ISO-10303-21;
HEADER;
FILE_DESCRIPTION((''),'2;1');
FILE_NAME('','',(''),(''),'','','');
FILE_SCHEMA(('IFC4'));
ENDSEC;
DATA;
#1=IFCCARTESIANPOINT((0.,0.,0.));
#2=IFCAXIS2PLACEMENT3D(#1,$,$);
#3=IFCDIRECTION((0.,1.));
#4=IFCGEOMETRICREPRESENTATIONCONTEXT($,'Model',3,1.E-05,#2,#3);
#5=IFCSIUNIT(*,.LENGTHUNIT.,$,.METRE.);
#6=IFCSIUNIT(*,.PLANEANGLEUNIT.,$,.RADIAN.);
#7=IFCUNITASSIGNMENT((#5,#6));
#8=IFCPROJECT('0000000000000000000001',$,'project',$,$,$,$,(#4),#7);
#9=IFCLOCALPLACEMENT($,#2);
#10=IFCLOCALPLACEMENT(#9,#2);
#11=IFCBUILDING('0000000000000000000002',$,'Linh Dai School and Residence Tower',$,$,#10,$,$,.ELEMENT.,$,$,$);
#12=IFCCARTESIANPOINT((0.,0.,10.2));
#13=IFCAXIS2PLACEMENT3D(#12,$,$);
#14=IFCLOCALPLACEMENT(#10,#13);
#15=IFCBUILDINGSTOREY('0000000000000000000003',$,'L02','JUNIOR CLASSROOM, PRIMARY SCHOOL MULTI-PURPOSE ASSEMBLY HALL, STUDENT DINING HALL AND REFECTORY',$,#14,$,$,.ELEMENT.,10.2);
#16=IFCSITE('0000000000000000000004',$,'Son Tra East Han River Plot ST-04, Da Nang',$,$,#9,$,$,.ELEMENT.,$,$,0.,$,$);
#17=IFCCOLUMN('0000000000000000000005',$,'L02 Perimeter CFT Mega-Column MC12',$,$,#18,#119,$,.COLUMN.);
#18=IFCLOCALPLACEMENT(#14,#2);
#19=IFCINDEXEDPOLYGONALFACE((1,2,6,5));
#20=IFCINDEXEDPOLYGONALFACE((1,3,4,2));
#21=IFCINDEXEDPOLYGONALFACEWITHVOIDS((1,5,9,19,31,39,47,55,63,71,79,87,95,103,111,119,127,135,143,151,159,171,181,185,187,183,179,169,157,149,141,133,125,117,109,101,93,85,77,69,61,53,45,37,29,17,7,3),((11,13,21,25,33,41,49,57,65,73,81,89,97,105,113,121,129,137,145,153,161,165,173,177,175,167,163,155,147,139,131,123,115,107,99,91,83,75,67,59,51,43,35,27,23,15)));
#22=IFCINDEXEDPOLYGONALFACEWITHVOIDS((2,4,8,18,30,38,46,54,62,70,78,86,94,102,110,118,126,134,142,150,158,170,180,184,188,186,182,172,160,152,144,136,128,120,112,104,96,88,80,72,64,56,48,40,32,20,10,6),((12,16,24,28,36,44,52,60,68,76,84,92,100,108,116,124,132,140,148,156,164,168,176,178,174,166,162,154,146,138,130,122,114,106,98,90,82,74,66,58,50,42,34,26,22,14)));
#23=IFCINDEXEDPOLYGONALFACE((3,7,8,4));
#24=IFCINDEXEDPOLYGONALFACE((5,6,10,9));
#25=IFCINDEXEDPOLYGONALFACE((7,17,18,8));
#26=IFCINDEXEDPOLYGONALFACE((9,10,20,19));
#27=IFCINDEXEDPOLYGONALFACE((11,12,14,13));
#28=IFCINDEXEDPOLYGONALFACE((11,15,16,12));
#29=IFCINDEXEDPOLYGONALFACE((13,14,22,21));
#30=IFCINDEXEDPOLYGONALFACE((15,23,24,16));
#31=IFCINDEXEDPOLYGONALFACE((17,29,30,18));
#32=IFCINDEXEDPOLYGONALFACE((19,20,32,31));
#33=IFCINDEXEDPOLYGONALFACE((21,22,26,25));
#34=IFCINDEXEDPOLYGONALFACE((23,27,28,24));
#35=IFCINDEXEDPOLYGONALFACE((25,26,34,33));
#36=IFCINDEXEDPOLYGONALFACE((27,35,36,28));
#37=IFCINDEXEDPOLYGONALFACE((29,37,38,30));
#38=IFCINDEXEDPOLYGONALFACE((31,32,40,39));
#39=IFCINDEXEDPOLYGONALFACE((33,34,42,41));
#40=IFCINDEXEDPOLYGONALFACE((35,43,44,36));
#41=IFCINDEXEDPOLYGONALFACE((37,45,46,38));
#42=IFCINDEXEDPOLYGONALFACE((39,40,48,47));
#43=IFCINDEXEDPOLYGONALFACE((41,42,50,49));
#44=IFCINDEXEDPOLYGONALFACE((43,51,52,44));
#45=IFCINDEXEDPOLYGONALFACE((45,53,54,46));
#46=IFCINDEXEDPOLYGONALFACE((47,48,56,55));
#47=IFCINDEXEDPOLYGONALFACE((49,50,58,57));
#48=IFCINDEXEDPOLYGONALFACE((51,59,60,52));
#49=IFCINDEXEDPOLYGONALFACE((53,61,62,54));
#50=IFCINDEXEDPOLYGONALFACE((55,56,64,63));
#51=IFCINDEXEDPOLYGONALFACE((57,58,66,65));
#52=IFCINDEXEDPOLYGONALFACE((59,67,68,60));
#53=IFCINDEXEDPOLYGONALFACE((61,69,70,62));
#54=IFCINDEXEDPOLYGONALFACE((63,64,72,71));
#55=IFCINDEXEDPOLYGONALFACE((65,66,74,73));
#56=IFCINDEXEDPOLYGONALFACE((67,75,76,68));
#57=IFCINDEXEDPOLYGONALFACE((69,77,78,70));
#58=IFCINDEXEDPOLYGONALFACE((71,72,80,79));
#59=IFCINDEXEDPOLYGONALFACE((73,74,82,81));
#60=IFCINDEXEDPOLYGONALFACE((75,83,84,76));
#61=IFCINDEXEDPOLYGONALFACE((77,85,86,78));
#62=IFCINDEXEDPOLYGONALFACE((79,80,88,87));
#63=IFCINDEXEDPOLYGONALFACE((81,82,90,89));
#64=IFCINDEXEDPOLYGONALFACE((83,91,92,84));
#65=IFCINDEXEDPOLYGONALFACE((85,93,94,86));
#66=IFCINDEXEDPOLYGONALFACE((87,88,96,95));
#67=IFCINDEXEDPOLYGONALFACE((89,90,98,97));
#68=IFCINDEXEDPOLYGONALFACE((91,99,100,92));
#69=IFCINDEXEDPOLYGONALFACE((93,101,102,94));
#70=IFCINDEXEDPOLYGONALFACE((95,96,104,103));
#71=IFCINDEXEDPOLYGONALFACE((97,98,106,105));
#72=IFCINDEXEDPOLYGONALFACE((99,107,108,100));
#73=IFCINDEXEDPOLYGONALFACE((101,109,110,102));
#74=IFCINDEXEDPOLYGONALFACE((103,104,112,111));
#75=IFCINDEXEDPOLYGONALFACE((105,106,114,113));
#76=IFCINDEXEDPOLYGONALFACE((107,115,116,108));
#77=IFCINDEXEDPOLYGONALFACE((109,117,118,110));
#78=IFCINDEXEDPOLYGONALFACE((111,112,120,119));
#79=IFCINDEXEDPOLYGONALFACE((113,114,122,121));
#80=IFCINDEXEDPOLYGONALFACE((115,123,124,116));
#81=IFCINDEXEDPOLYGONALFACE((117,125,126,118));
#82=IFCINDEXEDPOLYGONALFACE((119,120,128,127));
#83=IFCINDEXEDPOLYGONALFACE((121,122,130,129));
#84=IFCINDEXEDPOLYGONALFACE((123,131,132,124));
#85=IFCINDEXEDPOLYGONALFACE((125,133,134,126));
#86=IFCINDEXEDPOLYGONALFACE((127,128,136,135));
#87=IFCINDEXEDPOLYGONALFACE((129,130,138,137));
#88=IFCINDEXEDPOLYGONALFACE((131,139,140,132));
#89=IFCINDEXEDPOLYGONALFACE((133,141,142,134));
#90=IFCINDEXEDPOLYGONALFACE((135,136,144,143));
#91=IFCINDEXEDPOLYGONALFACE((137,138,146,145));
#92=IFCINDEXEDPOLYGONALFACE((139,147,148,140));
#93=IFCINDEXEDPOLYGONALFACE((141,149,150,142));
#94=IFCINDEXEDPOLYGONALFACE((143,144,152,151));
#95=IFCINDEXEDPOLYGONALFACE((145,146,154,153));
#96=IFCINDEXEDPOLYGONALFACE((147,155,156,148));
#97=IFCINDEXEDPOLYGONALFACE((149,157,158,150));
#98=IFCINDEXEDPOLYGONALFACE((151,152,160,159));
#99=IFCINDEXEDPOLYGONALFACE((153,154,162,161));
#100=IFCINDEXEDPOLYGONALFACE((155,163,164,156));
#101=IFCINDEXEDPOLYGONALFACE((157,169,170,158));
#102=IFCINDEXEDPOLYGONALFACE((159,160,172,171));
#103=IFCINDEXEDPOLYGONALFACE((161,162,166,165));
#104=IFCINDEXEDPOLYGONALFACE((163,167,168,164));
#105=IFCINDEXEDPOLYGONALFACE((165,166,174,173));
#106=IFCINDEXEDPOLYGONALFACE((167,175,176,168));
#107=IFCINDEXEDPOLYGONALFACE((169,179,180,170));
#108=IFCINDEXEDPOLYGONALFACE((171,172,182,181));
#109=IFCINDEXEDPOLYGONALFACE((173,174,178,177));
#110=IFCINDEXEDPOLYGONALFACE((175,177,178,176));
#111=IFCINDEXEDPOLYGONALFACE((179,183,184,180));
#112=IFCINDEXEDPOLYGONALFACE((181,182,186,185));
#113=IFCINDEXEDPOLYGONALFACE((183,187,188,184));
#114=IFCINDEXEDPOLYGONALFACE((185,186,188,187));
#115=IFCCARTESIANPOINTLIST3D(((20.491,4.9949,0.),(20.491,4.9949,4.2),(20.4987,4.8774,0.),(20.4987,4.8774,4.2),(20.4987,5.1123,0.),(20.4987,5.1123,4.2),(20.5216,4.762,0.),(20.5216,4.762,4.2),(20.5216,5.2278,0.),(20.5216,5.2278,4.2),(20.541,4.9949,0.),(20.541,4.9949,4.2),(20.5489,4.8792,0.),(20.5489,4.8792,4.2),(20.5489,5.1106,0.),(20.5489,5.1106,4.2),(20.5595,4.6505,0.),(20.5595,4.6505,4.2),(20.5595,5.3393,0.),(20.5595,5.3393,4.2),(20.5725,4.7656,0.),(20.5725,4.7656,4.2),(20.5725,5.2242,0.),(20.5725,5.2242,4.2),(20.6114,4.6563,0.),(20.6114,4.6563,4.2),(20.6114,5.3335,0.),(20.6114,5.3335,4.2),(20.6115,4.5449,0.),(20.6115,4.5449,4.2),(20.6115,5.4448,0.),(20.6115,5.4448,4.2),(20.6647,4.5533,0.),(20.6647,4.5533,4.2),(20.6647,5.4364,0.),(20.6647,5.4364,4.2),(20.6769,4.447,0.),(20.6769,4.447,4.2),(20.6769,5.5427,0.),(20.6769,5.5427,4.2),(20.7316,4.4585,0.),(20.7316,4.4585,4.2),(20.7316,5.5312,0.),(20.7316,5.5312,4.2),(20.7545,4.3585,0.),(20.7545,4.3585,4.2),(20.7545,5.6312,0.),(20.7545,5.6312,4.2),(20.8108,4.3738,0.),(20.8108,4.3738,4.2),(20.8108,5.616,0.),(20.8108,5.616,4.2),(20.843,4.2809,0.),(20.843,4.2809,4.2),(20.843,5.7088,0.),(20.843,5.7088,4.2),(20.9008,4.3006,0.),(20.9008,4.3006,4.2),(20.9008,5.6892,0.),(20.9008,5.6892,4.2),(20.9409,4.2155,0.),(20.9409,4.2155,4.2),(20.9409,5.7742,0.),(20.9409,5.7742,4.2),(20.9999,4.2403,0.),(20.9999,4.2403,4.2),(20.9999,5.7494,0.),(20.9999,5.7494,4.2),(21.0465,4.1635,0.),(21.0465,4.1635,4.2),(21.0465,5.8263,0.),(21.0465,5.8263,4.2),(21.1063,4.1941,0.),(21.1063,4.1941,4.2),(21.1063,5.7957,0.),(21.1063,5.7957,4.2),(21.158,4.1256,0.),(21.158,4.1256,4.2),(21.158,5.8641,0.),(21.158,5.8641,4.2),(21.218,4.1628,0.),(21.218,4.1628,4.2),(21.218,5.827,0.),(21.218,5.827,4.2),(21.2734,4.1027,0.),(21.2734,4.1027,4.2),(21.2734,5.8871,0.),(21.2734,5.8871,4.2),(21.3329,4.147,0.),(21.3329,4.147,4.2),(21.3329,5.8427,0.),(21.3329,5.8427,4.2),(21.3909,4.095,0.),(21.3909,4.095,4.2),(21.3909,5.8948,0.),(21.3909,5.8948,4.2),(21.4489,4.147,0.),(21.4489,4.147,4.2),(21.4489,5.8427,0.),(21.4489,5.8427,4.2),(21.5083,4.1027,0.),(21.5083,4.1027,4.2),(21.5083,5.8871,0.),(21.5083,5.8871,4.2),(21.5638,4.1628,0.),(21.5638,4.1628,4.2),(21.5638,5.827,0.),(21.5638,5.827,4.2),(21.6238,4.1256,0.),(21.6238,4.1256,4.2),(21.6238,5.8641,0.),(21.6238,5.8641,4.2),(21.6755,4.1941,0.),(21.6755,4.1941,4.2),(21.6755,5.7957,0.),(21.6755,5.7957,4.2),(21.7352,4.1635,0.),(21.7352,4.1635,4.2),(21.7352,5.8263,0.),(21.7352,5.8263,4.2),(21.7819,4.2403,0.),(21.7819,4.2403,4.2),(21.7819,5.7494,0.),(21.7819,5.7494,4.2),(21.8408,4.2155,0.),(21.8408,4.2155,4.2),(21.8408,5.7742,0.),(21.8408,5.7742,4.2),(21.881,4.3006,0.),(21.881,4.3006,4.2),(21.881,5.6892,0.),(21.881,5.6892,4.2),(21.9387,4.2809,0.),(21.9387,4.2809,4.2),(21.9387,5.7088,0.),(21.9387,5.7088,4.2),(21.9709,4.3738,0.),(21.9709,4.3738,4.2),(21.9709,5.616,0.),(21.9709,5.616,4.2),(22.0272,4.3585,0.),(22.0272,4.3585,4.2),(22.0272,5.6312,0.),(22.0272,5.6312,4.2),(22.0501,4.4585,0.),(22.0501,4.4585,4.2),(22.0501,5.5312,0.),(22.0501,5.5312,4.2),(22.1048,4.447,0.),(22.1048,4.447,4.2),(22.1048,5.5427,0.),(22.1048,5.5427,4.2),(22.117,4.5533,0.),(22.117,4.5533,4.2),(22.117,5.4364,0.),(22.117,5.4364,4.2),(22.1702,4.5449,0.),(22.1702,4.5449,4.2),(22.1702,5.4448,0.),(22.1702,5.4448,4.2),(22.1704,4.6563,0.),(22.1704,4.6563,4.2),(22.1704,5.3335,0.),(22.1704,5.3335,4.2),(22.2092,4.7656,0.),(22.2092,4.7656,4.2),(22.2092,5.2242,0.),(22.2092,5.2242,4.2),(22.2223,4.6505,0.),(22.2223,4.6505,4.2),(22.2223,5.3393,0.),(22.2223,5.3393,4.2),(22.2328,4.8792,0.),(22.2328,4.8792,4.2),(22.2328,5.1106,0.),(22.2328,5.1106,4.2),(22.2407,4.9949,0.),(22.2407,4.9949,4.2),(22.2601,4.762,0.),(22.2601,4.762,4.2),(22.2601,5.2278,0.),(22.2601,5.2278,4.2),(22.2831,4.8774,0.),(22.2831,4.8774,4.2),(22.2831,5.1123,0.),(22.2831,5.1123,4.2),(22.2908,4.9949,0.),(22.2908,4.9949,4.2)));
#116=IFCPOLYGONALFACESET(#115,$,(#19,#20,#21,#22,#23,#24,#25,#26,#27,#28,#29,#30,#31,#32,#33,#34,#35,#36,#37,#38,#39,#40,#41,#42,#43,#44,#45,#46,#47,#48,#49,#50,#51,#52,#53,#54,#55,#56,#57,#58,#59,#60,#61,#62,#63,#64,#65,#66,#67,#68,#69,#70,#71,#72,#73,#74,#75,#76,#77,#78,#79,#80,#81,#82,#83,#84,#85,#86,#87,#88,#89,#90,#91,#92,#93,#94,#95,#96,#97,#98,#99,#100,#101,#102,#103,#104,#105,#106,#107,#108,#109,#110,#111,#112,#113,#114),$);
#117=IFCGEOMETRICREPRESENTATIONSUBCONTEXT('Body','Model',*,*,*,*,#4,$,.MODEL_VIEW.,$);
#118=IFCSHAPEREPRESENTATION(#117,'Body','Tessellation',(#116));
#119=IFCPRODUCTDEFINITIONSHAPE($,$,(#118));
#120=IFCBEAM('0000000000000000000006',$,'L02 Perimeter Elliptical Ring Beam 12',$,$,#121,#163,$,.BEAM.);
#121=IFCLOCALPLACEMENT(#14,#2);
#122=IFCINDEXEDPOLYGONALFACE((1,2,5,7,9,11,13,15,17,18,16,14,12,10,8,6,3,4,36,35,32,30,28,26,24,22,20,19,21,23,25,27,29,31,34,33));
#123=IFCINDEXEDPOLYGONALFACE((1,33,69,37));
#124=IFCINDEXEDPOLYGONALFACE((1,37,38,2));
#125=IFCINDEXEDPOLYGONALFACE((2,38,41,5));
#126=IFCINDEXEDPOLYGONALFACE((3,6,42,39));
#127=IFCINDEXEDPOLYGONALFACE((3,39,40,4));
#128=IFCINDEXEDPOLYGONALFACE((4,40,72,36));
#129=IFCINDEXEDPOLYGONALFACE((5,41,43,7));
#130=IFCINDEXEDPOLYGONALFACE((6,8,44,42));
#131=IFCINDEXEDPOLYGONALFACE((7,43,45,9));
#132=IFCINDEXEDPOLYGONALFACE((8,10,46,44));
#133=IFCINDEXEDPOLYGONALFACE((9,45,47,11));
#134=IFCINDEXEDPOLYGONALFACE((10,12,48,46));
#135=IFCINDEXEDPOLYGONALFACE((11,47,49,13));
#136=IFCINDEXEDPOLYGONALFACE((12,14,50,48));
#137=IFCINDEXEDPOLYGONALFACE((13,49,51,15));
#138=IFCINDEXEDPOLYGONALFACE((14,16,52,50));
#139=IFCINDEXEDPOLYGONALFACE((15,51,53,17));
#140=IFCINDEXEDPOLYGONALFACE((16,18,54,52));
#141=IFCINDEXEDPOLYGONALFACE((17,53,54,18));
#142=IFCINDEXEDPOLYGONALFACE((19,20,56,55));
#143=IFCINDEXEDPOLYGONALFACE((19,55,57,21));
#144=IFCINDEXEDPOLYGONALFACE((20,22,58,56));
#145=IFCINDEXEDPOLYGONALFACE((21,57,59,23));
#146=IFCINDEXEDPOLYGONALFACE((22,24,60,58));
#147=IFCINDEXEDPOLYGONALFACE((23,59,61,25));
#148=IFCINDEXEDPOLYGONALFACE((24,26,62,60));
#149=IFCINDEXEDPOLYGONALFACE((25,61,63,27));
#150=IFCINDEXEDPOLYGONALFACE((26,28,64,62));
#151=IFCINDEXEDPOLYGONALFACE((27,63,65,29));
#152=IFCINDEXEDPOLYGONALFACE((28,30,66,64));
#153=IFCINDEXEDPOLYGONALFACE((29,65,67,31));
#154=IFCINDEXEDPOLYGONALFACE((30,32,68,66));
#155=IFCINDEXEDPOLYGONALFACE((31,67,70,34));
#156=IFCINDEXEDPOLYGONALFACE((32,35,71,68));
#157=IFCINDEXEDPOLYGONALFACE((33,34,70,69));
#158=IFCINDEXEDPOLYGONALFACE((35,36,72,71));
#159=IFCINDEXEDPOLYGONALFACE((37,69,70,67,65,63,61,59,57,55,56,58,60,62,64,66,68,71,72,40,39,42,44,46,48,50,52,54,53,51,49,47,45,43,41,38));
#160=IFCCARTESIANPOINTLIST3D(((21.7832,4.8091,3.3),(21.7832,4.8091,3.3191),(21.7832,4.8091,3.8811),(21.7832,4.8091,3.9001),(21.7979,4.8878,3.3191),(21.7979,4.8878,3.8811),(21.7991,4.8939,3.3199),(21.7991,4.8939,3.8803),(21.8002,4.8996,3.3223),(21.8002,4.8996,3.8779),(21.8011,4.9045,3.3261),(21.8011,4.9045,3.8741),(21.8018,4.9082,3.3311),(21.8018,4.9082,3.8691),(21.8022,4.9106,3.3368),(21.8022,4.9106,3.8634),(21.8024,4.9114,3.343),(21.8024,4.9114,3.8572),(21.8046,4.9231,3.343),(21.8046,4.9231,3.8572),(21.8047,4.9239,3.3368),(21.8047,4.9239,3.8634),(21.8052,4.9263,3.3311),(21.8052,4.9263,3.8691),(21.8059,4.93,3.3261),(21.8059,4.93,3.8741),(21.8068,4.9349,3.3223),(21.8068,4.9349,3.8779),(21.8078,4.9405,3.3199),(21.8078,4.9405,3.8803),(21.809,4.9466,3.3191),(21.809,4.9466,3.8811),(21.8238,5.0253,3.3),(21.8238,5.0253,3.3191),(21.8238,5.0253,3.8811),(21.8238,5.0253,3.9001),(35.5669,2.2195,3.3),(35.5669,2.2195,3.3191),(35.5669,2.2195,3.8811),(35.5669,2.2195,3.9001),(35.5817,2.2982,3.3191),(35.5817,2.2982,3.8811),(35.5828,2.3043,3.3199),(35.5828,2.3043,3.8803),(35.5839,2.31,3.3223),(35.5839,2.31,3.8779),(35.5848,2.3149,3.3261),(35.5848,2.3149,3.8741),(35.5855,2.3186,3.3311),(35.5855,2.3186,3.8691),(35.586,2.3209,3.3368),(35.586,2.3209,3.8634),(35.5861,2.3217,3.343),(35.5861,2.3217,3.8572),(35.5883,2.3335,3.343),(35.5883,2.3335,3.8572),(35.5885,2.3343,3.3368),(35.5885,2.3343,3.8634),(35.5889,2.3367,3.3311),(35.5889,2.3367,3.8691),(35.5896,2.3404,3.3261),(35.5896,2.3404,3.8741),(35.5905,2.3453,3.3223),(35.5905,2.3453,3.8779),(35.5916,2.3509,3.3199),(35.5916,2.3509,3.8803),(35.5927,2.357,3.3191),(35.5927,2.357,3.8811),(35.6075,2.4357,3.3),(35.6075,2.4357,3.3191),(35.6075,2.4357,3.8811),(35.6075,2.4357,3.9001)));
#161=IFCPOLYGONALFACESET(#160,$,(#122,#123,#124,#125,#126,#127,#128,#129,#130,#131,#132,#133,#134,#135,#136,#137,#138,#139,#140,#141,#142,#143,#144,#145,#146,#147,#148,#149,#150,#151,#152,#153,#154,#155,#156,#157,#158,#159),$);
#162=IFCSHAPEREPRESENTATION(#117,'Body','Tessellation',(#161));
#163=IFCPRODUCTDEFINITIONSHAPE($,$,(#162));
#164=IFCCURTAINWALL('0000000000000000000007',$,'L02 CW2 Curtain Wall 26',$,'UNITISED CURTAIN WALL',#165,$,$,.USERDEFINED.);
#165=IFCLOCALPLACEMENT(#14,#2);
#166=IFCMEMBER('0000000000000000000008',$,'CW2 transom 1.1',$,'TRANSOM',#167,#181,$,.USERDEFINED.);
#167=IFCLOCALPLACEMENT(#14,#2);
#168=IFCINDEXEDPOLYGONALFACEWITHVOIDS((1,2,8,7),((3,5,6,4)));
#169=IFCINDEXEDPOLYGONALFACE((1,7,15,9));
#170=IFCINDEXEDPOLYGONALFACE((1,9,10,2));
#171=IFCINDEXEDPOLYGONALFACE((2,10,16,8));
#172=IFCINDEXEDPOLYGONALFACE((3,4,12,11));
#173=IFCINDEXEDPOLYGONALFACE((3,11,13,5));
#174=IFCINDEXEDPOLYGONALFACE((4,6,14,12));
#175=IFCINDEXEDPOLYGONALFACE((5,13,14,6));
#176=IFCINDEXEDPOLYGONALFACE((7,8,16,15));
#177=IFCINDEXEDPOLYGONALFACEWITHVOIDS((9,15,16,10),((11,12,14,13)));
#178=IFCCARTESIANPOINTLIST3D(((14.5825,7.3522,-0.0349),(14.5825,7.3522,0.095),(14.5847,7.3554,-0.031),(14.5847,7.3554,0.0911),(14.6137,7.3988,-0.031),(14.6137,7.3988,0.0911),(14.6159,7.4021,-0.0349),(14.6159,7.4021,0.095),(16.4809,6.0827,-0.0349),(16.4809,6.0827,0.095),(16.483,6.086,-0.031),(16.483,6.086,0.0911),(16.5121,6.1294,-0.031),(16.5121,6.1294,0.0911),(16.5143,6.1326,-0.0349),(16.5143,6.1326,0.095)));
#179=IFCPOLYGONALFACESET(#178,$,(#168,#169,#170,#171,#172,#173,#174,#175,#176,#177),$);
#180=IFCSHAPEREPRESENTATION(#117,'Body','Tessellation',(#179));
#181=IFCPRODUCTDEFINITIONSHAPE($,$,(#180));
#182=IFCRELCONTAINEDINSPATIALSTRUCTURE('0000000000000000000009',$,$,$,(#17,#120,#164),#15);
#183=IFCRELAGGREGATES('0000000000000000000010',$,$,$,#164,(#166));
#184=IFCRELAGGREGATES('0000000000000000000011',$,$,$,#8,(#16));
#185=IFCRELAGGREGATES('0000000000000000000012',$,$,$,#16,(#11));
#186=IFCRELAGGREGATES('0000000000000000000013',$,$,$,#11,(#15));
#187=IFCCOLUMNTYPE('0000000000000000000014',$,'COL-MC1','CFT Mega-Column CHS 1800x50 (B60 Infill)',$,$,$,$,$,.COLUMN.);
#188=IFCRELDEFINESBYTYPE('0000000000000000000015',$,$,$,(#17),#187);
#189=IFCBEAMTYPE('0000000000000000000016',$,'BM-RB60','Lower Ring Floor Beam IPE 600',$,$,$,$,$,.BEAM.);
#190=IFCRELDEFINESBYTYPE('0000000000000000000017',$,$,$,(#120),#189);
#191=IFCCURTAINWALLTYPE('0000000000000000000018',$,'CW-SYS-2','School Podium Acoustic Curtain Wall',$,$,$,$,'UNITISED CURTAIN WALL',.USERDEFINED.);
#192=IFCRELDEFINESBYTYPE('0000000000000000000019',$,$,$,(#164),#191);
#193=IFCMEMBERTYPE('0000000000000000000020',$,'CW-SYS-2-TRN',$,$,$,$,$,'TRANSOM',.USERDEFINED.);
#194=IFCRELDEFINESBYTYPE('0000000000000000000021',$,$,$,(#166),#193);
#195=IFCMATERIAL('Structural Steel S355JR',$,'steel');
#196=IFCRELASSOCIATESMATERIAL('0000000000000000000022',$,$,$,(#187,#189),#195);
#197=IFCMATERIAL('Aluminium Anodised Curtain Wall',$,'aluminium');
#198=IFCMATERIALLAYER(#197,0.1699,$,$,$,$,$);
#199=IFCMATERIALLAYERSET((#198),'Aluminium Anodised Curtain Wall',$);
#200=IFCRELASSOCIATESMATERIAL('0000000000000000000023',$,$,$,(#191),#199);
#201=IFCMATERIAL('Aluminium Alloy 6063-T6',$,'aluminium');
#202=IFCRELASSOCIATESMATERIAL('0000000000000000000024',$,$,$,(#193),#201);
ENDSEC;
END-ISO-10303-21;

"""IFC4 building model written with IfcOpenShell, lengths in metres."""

from ifc_helpers import new_model, si_unit, direction, frame, origin, origin_2d, place, context, subcontext, project, spatial, hollow_rectangle, hollow_circle, i_section, extrude, source, transform, mapped, material, layer, layer_set, material_profile, profile_set, type_object, element, aggregate, save


model = new_model("IFC4")

# Units and contexts
model_context = context("Model", 3, precision=1e-05, world=origin(), true_north=direction((0.0, 1.0)))
body_context = subcontext(model_context, "Body", "Model", "MODEL_VIEW")
ifc_project = project(units=[si_unit("LENGTHUNIT", "METRE"), si_unit("PLANEANGLEUNIT", "RADIAN")], contexts=[model_context])

# Site, building, storey
site_placement = place(None, origin())
site = spatial("IfcSite", under=ifc_project, at=site_placement, Name="Son Tra East Han River Plot ST-04, Da Nang", CompositionType="ELEMENT", RefElevation=0.0)
building_placement = place(site_placement, origin())
building = spatial("IfcBuilding", under=site, at=building_placement, Name="Linh Dai School and Residence Tower", CompositionType="ELEMENT")
storey_placement = place(building_placement, frame((0.0, 0.0, 10.2)))
storey = spatial("IfcBuildingStorey", under=building, at=storey_placement, Name="L02", Description="JUNIOR CLASSROOM, PRIMARY SCHOOL MULTI-PURPOSE ASSEMBLY HALL, STUDENT DINING HALL AND REFECTORY", CompositionType="ELEMENT", Elevation=10.2)

# Column
ifc_material_1 = material(Name="Structural Steel S355JR", Category="steel")
ifc_material_profile_1 = material_profile(ifc_material_1, hollow_circle(Radius=0.8999, WallThickness=0.05, at=origin_2d()), Name="CHS 1800x50")
ifc_profile_set_1 = profile_set([ifc_material_profile_1], Name="Structural Steel S355JR")
column_type = type_object("IfcColumnType", Name="COL-MC1", Description="CFT Mega-Column CHS 1800x50 (B60 Infill)", PredefinedType="COLUMN", material=ifc_profile_set_1)
column_placement = place(storey_placement, frame((21.3909, 4.9949, 0.0), z_axis=(0.0, 0.0, 1.0), x_axis=(1.0, 0.0, 0.0)))
element("IfcColumn", 1, at=column_placement, inside=storey, type_object=column_type, Name="L02 Perimeter CFT Mega-Column MC12", PredefinedType="COLUMN", context=body_context, shape_type="SweptSolid", body=[
    extrude(hollow_circle(Radius=0.8999, WallThickness=0.05, at=origin_2d()), origin(), (0.0, 0.0, 1.0), 4.2),
])

# Beam
ifc_material_profile_2 = material_profile(ifc_material_1, i_section(OverallWidth=0.22, OverallDepth=0.6001, WebThickness=0.012, FlangeThickness=0.019, FilletRadius=0.0239, at=origin_2d()), Name="IPE 600")
ifc_profile_set_2 = profile_set([ifc_material_profile_2], Name="Structural Steel S355JR")
beam_type = type_object("IfcBeamType", Name="BM-RB60", Description="Lower Ring Floor Beam IPE 600", PredefinedType="BEAM", material=ifc_profile_set_2)
beam_placement = place(storey_placement, frame((21.8035, 4.9172, 3.6001), z_axis=(0.982806, -0.184644, 0.0), x_axis=(0.184644, 0.982806, 0.0)))
element("IfcBeam", 2, at=beam_placement, inside=storey, type_object=beam_type, Name="L02 Perimeter Elliptical Ring Beam 12", PredefinedType="BEAM", context=body_context, shape_type="SweptSolid", body=[
    extrude(i_section(OverallWidth=0.22, OverallDepth=0.6001, WebThickness=0.012, FlangeThickness=0.019, FilletRadius=0.0239, at=origin_2d()), origin(), (0.0, 0.0, 1.0), 14.0249),
])

# Curtain wall, member
ifc_material_2 = material(Name="Aluminium Anodised Curtain Wall", Category="aluminium")
ifc_layer_1 = layer(ifc_material_2, 0.1699)
ifc_layer_set_1 = layer_set([ifc_layer_1], Name="Aluminium Anodised Curtain Wall")
curtain_wall_type = type_object("IfcCurtainWallType", Name="CW-SYS-2", Description="School Podium Acoustic Curtain Wall", ElementType="UNITISED CURTAIN WALL", PredefinedType="USERDEFINED", material=ifc_layer_set_1)
curtain_wall_placement = place(storey_placement, origin())
curtain_wall = element("IfcCurtainWall", 3, at=curtain_wall_placement, inside=storey, type_object=curtain_wall_type, Name="L02 CW2 Curtain Wall 26", ObjectType="UNITISED CURTAIN WALL", PredefinedType="USERDEFINED")
ifc_material_3 = material(Name="Aluminium Alloy 6063-T6", Category="aluminium")
ifc_material_profile_3 = material_profile(ifc_material_3, hollow_rectangle(XDim=0.0601, YDim=0.1299, WallThickness=0.0039, at=origin_2d()), Name="RHS 130x60x4")
ifc_profile_set_3 = profile_set([ifc_material_profile_3], Name="Aluminium Alloy 6063-T6")
member_type_1 = type_object("IfcMemberType", Name="CW-SYS-2-TRN", ElementType="TRANSOM", PredefinedType="USERDEFINED", material=ifc_profile_set_3)
shared_shape_1 = source(origin(), body_context, "Body", "SweptSolid", [
    extrude(hollow_rectangle(XDim=0.0601, YDim=0.1299, WallThickness=0.0039, at=origin_2d()), origin(), (0.0, 0.0, 1.0), 2.2837),
])
member_1_placement = place(storey_placement, frame((16.4976, 6.1077, 0.03), z_axis=(-0.83126, 0.555884, 0.0), x_axis=(-0.555884, -0.83126, 0.0)))
member_1 = element("IfcMember", 4, at=member_1_placement, type_object=member_type_1, Name="CW2 transom 1.1", ObjectType="TRANSOM", PredefinedType="USERDEFINED", context=body_context, shape_type="MappedRepresentation", body=[
    mapped(shared_shape_1, transform((0.0, 0.0, 0.0), x_axis=(1.0, 0.0, 0.0), y_axis=(0.0, 1.0, 0.0), z_axis=(0.0, 0.0, 1.0), scale=1.0)),
])

aggregate(curtain_wall, [member_1])

save(model, "model.ifc")
